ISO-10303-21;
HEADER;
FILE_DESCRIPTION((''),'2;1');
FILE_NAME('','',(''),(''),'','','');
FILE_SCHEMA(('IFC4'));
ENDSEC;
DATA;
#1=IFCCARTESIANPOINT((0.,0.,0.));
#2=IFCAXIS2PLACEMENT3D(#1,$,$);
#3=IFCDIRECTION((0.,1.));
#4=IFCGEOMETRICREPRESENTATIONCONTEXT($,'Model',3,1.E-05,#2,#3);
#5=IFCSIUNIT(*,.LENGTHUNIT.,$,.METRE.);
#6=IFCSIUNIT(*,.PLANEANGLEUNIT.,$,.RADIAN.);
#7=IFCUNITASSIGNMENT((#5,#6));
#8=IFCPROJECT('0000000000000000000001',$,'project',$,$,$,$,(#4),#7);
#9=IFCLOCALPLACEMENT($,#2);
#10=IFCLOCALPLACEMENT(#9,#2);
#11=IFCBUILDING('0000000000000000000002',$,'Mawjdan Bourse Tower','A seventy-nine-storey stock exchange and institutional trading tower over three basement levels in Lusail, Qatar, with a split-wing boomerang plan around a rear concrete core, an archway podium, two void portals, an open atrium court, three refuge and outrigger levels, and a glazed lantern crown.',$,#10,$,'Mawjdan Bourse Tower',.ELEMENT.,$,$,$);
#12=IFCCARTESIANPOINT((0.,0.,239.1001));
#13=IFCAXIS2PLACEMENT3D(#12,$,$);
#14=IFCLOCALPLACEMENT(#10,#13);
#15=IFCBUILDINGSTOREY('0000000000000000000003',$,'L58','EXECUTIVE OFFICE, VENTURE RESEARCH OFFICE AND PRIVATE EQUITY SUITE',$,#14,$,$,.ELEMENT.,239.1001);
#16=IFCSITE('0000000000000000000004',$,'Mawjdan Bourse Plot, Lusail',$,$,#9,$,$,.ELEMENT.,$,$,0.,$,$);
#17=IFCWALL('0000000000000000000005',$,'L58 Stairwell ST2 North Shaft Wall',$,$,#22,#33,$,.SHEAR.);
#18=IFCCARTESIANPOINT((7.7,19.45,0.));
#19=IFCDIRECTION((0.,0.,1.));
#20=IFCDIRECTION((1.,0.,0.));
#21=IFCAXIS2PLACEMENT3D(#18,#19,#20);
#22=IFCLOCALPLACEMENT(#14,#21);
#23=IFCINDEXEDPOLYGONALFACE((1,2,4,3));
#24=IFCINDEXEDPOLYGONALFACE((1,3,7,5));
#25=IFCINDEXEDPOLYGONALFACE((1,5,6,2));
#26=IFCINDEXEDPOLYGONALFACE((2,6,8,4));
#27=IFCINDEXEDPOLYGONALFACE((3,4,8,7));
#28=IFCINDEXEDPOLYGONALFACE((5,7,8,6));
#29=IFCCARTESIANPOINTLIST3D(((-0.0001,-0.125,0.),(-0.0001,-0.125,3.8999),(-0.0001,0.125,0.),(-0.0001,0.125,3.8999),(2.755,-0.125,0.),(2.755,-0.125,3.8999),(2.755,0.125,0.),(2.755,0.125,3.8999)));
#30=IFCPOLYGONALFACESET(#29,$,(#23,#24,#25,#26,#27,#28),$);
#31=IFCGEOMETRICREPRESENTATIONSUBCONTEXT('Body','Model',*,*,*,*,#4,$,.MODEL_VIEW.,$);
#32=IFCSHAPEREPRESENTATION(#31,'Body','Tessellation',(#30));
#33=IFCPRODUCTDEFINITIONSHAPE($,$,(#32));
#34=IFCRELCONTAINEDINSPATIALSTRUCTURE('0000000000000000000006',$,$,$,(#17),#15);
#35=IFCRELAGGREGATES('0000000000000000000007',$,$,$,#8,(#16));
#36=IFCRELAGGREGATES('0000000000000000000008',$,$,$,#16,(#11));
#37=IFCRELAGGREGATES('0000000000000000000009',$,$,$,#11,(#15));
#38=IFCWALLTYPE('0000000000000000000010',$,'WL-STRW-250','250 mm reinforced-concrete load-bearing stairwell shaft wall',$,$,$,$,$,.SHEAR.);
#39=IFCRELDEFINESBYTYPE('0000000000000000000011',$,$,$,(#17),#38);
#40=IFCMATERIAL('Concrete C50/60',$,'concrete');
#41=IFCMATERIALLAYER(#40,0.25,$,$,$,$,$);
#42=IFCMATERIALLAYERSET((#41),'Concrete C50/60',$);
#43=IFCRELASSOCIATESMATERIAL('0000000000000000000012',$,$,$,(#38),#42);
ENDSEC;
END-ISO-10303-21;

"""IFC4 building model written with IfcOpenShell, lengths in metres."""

from ifc_helpers import new_model, si_unit, direction, frame, frame_2d, origin, place, context, subcontext, project, spatial, rectangle, extrude, material, layer, layer_set, type_object, element, save


model = new_model("IFC4")

# Units and contexts
model_context = context("Model", 3, precision=1e-05, world=origin(), true_north=direction((0.0, 1.0)))
body_context = subcontext(model_context, "Body", "Model", "MODEL_VIEW")
ifc_project = project(units=[si_unit("LENGTHUNIT", "METRE"), si_unit("PLANEANGLEUNIT", "RADIAN")], contexts=[model_context])

# Site, building, storey
site_placement = place(None, origin())
site = spatial("IfcSite", under=ifc_project, at=site_placement, Name="Mawjdan Bourse Plot, Lusail", CompositionType="ELEMENT", RefElevation=0.0)
building_placement = place(site_placement, origin())
building = spatial("IfcBuilding", under=site, at=building_placement, Name="Mawjdan Bourse Tower", Description="A seventy-nine-storey stock exchange and institutional trading tower over three basement levels in Lusail, Qatar, with a split-wing boomerang plan around a rear concrete core, an archway podium, two void portals, an open atrium court, three refuge and outrigger levels, and a glazed lantern crown.", LongName="Mawjdan Bourse Tower", CompositionType="ELEMENT")
storey_placement = place(building_placement, frame((0.0, 0.0, 239.1001)))
storey = spatial("IfcBuildingStorey", under=building, at=storey_placement, Name="L58", Description="EXECUTIVE OFFICE, VENTURE RESEARCH OFFICE AND PRIVATE EQUITY SUITE", CompositionType="ELEMENT", Elevation=239.1001)

# Wall
ifc_material_1 = material(Name="Concrete C50/60", Category="concrete")
ifc_layer_1 = layer(ifc_material_1, 0.25)
ifc_layer_set_1 = layer_set([ifc_layer_1], Name="Concrete C50/60")
wall_type_1 = type_object("IfcWallType", Name="WL-STRW-250", Description="250 mm reinforced-concrete load-bearing stairwell shaft wall", PredefinedType="SHEAR", material=ifc_layer_set_1)
wall_1_placement = place(storey_placement, frame((7.7, 19.45, 0.0), z_axis=(0.0, 0.0, 1.0), x_axis=(1.0, 0.0, 0.0)))
element("IfcWall", 1, at=wall_1_placement, inside=storey, type_object=wall_type_1, Name="L58 Stairwell ST2 North Shaft Wall", PredefinedType="SHEAR", context=body_context, shape_type="SweptSolid", body=[
    extrude(rectangle(XDim=2.7551, YDim=0.25, at=frame_2d((1.3774, 0.0))), origin(), (0.0, 0.0, 1.0), 3.8999),
])

save(model, "model.ifc")
